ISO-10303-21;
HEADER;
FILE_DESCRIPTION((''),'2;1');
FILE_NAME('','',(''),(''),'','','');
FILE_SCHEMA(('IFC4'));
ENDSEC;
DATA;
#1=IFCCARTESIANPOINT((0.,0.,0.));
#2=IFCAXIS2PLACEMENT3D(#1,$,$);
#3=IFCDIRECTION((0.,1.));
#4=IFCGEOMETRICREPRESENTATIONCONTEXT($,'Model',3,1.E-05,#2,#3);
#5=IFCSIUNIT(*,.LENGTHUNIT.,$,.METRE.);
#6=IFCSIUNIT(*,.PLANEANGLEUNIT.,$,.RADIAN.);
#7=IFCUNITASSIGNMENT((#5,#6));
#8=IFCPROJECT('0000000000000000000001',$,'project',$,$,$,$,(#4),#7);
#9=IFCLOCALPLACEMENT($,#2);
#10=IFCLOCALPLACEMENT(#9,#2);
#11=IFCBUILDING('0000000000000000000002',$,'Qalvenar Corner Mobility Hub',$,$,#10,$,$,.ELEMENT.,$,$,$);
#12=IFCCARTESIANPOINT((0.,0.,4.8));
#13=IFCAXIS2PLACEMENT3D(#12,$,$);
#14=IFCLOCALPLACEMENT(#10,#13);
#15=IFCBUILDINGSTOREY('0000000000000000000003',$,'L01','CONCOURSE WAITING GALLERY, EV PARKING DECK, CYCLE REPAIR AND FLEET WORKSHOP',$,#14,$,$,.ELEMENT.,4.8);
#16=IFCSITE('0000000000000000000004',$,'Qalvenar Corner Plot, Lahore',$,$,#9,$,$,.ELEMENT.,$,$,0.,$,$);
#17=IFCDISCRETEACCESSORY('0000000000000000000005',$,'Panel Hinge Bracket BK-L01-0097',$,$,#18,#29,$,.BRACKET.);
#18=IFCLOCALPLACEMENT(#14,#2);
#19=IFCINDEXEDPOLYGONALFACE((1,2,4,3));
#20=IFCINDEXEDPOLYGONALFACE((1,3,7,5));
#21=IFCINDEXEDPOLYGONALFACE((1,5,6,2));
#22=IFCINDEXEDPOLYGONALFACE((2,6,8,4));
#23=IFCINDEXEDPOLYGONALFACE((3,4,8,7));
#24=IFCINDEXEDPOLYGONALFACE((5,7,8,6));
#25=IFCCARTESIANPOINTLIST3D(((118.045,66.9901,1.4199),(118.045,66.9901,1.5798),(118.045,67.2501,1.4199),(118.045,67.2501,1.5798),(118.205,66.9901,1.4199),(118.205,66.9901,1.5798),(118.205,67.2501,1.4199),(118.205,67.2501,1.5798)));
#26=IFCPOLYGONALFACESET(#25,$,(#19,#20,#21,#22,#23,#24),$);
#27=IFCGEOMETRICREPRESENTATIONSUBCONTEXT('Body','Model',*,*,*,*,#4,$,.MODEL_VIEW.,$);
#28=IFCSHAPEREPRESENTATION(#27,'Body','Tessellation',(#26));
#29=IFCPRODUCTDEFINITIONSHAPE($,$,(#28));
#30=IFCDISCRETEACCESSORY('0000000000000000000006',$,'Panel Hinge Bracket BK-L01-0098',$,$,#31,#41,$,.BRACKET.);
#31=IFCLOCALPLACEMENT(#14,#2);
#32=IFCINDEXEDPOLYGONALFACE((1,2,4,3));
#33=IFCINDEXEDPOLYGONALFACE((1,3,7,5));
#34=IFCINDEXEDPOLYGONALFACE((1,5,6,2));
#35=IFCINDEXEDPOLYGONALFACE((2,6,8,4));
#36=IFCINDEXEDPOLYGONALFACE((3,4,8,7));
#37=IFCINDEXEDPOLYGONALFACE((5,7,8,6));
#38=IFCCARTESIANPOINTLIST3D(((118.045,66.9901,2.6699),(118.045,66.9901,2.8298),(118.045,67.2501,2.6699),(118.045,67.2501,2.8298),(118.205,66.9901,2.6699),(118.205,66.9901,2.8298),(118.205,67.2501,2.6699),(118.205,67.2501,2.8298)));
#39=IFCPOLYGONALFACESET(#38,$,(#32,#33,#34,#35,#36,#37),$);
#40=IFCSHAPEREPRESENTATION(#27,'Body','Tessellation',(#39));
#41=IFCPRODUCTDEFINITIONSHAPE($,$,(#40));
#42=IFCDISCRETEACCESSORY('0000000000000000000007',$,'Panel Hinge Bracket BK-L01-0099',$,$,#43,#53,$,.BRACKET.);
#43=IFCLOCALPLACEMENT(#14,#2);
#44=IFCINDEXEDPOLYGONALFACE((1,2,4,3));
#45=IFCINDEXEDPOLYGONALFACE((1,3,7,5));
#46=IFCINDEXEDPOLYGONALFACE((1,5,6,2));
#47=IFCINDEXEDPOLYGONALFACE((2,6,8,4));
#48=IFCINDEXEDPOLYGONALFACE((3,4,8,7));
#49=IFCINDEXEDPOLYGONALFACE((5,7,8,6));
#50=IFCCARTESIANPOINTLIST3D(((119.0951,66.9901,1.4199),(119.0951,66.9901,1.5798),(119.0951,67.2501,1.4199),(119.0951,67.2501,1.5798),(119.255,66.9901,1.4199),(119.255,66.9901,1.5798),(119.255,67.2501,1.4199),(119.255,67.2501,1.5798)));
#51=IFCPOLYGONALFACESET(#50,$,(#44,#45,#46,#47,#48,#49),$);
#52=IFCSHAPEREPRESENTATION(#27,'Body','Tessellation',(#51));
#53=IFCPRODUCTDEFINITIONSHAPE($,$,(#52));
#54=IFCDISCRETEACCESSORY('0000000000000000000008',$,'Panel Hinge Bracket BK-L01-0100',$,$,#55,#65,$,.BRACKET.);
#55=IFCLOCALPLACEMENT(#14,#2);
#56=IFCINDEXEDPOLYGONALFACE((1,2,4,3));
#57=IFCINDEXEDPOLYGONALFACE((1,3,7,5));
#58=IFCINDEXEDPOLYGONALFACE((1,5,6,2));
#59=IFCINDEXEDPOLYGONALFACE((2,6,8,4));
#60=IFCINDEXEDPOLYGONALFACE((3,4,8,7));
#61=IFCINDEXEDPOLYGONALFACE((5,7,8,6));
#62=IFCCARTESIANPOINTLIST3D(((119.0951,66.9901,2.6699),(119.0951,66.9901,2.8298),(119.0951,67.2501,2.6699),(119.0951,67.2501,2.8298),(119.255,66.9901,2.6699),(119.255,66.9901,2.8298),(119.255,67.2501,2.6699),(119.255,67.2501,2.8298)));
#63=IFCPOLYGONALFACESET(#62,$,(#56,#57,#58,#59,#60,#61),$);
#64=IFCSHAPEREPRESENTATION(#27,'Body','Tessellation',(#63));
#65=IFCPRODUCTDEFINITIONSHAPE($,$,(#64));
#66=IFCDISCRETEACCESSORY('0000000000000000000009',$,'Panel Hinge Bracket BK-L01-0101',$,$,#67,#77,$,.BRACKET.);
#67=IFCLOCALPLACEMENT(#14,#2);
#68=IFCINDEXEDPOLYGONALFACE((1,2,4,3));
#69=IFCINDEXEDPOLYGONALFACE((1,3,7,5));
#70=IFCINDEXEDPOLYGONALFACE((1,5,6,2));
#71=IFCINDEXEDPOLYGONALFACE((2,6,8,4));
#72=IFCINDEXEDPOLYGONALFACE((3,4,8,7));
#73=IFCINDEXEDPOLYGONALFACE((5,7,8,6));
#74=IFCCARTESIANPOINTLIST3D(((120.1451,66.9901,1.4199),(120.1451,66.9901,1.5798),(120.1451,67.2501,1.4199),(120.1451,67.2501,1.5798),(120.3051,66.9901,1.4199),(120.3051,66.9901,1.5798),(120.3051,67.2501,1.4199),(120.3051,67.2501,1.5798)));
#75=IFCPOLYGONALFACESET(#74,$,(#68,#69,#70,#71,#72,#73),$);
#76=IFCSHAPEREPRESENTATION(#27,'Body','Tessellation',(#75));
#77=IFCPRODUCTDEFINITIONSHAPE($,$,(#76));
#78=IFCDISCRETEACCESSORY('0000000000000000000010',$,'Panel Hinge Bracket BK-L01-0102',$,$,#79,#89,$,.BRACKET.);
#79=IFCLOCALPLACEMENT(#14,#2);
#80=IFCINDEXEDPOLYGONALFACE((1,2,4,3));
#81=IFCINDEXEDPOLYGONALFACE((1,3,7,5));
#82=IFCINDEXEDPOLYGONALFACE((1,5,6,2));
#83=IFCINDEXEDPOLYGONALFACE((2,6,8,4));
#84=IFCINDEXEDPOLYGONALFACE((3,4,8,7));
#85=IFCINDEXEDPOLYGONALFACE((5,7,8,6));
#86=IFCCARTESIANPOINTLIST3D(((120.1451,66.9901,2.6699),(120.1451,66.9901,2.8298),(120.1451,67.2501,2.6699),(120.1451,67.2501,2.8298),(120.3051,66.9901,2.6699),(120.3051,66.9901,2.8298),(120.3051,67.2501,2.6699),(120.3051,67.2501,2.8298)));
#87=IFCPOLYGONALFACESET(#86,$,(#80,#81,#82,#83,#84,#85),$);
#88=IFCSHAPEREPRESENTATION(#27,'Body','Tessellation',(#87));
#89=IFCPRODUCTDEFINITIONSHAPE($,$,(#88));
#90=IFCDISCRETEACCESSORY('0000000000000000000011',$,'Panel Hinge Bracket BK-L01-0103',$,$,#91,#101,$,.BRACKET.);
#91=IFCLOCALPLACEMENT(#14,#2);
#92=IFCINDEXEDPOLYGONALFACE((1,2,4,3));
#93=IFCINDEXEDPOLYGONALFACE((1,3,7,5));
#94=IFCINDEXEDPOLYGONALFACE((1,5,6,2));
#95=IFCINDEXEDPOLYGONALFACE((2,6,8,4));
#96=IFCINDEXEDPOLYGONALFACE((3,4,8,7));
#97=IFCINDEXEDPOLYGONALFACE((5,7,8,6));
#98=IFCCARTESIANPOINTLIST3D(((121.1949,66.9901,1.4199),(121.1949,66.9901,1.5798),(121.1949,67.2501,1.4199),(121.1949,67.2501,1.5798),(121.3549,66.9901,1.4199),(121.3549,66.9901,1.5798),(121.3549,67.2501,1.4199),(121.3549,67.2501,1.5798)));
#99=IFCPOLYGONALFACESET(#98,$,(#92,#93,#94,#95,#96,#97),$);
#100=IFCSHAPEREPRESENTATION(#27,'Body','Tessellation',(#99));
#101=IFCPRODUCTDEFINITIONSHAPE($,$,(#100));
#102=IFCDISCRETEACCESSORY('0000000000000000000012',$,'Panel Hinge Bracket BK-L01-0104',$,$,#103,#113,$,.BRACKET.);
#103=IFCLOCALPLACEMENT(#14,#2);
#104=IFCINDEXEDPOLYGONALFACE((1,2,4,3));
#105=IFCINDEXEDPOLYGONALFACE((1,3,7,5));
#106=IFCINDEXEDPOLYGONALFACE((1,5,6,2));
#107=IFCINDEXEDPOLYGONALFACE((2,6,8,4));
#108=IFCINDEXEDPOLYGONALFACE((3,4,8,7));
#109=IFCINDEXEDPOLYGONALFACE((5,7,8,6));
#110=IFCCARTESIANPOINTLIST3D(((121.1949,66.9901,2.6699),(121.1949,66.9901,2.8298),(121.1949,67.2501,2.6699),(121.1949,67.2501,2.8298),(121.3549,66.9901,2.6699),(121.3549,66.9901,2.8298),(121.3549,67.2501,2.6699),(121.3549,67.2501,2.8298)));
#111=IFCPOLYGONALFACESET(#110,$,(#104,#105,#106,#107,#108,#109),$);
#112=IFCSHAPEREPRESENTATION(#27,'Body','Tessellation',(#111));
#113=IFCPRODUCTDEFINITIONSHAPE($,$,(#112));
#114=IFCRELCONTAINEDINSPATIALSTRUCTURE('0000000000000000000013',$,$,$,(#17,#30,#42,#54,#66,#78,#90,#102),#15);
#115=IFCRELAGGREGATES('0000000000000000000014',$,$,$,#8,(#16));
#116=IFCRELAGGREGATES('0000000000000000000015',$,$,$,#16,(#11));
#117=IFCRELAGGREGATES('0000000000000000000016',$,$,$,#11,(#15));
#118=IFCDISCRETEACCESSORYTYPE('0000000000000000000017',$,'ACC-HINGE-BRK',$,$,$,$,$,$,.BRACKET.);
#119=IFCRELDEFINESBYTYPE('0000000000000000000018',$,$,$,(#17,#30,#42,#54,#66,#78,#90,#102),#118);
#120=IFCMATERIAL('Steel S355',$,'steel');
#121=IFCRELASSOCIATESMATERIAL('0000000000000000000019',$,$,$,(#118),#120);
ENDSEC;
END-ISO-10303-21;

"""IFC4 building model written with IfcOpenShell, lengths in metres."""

from ifc_helpers import new_model, si_unit, direction, frame, origin, origin_2d, place, context, subcontext, project, spatial, rectangle, extrude, material, type_object, element, save


model = new_model("IFC4")

# Units and contexts
model_context = context("Model", 3, precision=1e-05, world=origin(), true_north=direction((0.0, 1.0)))
body_context = subcontext(model_context, "Body", "Model", "MODEL_VIEW")
ifc_project = project(units=[si_unit("LENGTHUNIT", "METRE"), si_unit("PLANEANGLEUNIT", "RADIAN")], contexts=[model_context])

# Site, building, storey
site_placement = place(None, origin())
site = spatial("IfcSite", under=ifc_project, at=site_placement, Name="Qalvenar Corner Plot, Lahore", CompositionType="ELEMENT", RefElevation=0.0)
building_placement = place(site_placement, origin())
building = spatial("IfcBuilding", under=site, at=building_placement, Name="Qalvenar Corner Mobility Hub", CompositionType="ELEMENT")
storey_placement = place(building_placement, frame((0.0, 0.0, 4.8)))
storey = spatial("IfcBuildingStorey", under=building, at=storey_placement, Name="L01", Description="CONCOURSE WAITING GALLERY, EV PARKING DECK, CYCLE REPAIR AND FLEET WORKSHOP", CompositionType="ELEMENT", Elevation=4.8)

# Shared definitions
ifc_material = material(Name="Steel S355", Category="steel")

# Discrete accessories
discrete_accessory_type = type_object("IfcDiscreteAccessoryType", Name="ACC-HINGE-BRK", PredefinedType="BRACKET", material=ifc_material)
for number, where, z_axis, x_axis, name in (
    (1, (118.125, 67.1201, 1.4199), (0.0, 0.0, 1.0), (1.0, 0.0, 0.0), "Panel Hinge Bracket BK-L01-0097"),
    (2, (118.125, 67.1201, 2.6699), (0.0, 0.0, 1.0), (1.0, 0.0, 0.0), "Panel Hinge Bracket BK-L01-0098"),
    (3, (119.175, 67.1201, 1.4199), (0.0, 0.0, 1.0), (1.0, 0.0, 0.0), "Panel Hinge Bracket BK-L01-0099"),
    (4, (119.175, 67.1201, 2.6699), (0.0, 0.0, 1.0), (1.0, 0.0, 0.0), "Panel Hinge Bracket BK-L01-0100"),
    (5, (120.2251, 67.1201, 1.4199), (0.0, 0.0, 1.0), (1.0, 0.0, 0.0), "Panel Hinge Bracket BK-L01-0101"),
    (6, (120.2251, 67.1201, 2.6699), (0.0, 0.0, 1.0), (1.0, 0.0, 0.0), "Panel Hinge Bracket BK-L01-0102"),
    (7, (121.2749, 67.1201, 1.4199), (0.0, 0.0, 1.0), (1.0, 0.0, 0.0), "Panel Hinge Bracket BK-L01-0103"),
    (8, (121.2749, 67.1201, 2.6699), (0.0, 0.0, 1.0), (1.0, 0.0, 0.0), "Panel Hinge Bracket BK-L01-0104"),
):
    element("IfcDiscreteAccessory", number, at=place(storey_placement, frame(where, z_axis=z_axis, x_axis=x_axis)), inside=storey, type_object=discrete_accessory_type, Name=name, PredefinedType="BRACKET", context=body_context, shape_type="SweptSolid", body=[
        extrude(rectangle(XDim=0.1599, YDim=0.26, at=origin_2d()), origin(), (0.0, 0.0, 1.0), 0.1599),
    ])

save(model, "model.ifc")
